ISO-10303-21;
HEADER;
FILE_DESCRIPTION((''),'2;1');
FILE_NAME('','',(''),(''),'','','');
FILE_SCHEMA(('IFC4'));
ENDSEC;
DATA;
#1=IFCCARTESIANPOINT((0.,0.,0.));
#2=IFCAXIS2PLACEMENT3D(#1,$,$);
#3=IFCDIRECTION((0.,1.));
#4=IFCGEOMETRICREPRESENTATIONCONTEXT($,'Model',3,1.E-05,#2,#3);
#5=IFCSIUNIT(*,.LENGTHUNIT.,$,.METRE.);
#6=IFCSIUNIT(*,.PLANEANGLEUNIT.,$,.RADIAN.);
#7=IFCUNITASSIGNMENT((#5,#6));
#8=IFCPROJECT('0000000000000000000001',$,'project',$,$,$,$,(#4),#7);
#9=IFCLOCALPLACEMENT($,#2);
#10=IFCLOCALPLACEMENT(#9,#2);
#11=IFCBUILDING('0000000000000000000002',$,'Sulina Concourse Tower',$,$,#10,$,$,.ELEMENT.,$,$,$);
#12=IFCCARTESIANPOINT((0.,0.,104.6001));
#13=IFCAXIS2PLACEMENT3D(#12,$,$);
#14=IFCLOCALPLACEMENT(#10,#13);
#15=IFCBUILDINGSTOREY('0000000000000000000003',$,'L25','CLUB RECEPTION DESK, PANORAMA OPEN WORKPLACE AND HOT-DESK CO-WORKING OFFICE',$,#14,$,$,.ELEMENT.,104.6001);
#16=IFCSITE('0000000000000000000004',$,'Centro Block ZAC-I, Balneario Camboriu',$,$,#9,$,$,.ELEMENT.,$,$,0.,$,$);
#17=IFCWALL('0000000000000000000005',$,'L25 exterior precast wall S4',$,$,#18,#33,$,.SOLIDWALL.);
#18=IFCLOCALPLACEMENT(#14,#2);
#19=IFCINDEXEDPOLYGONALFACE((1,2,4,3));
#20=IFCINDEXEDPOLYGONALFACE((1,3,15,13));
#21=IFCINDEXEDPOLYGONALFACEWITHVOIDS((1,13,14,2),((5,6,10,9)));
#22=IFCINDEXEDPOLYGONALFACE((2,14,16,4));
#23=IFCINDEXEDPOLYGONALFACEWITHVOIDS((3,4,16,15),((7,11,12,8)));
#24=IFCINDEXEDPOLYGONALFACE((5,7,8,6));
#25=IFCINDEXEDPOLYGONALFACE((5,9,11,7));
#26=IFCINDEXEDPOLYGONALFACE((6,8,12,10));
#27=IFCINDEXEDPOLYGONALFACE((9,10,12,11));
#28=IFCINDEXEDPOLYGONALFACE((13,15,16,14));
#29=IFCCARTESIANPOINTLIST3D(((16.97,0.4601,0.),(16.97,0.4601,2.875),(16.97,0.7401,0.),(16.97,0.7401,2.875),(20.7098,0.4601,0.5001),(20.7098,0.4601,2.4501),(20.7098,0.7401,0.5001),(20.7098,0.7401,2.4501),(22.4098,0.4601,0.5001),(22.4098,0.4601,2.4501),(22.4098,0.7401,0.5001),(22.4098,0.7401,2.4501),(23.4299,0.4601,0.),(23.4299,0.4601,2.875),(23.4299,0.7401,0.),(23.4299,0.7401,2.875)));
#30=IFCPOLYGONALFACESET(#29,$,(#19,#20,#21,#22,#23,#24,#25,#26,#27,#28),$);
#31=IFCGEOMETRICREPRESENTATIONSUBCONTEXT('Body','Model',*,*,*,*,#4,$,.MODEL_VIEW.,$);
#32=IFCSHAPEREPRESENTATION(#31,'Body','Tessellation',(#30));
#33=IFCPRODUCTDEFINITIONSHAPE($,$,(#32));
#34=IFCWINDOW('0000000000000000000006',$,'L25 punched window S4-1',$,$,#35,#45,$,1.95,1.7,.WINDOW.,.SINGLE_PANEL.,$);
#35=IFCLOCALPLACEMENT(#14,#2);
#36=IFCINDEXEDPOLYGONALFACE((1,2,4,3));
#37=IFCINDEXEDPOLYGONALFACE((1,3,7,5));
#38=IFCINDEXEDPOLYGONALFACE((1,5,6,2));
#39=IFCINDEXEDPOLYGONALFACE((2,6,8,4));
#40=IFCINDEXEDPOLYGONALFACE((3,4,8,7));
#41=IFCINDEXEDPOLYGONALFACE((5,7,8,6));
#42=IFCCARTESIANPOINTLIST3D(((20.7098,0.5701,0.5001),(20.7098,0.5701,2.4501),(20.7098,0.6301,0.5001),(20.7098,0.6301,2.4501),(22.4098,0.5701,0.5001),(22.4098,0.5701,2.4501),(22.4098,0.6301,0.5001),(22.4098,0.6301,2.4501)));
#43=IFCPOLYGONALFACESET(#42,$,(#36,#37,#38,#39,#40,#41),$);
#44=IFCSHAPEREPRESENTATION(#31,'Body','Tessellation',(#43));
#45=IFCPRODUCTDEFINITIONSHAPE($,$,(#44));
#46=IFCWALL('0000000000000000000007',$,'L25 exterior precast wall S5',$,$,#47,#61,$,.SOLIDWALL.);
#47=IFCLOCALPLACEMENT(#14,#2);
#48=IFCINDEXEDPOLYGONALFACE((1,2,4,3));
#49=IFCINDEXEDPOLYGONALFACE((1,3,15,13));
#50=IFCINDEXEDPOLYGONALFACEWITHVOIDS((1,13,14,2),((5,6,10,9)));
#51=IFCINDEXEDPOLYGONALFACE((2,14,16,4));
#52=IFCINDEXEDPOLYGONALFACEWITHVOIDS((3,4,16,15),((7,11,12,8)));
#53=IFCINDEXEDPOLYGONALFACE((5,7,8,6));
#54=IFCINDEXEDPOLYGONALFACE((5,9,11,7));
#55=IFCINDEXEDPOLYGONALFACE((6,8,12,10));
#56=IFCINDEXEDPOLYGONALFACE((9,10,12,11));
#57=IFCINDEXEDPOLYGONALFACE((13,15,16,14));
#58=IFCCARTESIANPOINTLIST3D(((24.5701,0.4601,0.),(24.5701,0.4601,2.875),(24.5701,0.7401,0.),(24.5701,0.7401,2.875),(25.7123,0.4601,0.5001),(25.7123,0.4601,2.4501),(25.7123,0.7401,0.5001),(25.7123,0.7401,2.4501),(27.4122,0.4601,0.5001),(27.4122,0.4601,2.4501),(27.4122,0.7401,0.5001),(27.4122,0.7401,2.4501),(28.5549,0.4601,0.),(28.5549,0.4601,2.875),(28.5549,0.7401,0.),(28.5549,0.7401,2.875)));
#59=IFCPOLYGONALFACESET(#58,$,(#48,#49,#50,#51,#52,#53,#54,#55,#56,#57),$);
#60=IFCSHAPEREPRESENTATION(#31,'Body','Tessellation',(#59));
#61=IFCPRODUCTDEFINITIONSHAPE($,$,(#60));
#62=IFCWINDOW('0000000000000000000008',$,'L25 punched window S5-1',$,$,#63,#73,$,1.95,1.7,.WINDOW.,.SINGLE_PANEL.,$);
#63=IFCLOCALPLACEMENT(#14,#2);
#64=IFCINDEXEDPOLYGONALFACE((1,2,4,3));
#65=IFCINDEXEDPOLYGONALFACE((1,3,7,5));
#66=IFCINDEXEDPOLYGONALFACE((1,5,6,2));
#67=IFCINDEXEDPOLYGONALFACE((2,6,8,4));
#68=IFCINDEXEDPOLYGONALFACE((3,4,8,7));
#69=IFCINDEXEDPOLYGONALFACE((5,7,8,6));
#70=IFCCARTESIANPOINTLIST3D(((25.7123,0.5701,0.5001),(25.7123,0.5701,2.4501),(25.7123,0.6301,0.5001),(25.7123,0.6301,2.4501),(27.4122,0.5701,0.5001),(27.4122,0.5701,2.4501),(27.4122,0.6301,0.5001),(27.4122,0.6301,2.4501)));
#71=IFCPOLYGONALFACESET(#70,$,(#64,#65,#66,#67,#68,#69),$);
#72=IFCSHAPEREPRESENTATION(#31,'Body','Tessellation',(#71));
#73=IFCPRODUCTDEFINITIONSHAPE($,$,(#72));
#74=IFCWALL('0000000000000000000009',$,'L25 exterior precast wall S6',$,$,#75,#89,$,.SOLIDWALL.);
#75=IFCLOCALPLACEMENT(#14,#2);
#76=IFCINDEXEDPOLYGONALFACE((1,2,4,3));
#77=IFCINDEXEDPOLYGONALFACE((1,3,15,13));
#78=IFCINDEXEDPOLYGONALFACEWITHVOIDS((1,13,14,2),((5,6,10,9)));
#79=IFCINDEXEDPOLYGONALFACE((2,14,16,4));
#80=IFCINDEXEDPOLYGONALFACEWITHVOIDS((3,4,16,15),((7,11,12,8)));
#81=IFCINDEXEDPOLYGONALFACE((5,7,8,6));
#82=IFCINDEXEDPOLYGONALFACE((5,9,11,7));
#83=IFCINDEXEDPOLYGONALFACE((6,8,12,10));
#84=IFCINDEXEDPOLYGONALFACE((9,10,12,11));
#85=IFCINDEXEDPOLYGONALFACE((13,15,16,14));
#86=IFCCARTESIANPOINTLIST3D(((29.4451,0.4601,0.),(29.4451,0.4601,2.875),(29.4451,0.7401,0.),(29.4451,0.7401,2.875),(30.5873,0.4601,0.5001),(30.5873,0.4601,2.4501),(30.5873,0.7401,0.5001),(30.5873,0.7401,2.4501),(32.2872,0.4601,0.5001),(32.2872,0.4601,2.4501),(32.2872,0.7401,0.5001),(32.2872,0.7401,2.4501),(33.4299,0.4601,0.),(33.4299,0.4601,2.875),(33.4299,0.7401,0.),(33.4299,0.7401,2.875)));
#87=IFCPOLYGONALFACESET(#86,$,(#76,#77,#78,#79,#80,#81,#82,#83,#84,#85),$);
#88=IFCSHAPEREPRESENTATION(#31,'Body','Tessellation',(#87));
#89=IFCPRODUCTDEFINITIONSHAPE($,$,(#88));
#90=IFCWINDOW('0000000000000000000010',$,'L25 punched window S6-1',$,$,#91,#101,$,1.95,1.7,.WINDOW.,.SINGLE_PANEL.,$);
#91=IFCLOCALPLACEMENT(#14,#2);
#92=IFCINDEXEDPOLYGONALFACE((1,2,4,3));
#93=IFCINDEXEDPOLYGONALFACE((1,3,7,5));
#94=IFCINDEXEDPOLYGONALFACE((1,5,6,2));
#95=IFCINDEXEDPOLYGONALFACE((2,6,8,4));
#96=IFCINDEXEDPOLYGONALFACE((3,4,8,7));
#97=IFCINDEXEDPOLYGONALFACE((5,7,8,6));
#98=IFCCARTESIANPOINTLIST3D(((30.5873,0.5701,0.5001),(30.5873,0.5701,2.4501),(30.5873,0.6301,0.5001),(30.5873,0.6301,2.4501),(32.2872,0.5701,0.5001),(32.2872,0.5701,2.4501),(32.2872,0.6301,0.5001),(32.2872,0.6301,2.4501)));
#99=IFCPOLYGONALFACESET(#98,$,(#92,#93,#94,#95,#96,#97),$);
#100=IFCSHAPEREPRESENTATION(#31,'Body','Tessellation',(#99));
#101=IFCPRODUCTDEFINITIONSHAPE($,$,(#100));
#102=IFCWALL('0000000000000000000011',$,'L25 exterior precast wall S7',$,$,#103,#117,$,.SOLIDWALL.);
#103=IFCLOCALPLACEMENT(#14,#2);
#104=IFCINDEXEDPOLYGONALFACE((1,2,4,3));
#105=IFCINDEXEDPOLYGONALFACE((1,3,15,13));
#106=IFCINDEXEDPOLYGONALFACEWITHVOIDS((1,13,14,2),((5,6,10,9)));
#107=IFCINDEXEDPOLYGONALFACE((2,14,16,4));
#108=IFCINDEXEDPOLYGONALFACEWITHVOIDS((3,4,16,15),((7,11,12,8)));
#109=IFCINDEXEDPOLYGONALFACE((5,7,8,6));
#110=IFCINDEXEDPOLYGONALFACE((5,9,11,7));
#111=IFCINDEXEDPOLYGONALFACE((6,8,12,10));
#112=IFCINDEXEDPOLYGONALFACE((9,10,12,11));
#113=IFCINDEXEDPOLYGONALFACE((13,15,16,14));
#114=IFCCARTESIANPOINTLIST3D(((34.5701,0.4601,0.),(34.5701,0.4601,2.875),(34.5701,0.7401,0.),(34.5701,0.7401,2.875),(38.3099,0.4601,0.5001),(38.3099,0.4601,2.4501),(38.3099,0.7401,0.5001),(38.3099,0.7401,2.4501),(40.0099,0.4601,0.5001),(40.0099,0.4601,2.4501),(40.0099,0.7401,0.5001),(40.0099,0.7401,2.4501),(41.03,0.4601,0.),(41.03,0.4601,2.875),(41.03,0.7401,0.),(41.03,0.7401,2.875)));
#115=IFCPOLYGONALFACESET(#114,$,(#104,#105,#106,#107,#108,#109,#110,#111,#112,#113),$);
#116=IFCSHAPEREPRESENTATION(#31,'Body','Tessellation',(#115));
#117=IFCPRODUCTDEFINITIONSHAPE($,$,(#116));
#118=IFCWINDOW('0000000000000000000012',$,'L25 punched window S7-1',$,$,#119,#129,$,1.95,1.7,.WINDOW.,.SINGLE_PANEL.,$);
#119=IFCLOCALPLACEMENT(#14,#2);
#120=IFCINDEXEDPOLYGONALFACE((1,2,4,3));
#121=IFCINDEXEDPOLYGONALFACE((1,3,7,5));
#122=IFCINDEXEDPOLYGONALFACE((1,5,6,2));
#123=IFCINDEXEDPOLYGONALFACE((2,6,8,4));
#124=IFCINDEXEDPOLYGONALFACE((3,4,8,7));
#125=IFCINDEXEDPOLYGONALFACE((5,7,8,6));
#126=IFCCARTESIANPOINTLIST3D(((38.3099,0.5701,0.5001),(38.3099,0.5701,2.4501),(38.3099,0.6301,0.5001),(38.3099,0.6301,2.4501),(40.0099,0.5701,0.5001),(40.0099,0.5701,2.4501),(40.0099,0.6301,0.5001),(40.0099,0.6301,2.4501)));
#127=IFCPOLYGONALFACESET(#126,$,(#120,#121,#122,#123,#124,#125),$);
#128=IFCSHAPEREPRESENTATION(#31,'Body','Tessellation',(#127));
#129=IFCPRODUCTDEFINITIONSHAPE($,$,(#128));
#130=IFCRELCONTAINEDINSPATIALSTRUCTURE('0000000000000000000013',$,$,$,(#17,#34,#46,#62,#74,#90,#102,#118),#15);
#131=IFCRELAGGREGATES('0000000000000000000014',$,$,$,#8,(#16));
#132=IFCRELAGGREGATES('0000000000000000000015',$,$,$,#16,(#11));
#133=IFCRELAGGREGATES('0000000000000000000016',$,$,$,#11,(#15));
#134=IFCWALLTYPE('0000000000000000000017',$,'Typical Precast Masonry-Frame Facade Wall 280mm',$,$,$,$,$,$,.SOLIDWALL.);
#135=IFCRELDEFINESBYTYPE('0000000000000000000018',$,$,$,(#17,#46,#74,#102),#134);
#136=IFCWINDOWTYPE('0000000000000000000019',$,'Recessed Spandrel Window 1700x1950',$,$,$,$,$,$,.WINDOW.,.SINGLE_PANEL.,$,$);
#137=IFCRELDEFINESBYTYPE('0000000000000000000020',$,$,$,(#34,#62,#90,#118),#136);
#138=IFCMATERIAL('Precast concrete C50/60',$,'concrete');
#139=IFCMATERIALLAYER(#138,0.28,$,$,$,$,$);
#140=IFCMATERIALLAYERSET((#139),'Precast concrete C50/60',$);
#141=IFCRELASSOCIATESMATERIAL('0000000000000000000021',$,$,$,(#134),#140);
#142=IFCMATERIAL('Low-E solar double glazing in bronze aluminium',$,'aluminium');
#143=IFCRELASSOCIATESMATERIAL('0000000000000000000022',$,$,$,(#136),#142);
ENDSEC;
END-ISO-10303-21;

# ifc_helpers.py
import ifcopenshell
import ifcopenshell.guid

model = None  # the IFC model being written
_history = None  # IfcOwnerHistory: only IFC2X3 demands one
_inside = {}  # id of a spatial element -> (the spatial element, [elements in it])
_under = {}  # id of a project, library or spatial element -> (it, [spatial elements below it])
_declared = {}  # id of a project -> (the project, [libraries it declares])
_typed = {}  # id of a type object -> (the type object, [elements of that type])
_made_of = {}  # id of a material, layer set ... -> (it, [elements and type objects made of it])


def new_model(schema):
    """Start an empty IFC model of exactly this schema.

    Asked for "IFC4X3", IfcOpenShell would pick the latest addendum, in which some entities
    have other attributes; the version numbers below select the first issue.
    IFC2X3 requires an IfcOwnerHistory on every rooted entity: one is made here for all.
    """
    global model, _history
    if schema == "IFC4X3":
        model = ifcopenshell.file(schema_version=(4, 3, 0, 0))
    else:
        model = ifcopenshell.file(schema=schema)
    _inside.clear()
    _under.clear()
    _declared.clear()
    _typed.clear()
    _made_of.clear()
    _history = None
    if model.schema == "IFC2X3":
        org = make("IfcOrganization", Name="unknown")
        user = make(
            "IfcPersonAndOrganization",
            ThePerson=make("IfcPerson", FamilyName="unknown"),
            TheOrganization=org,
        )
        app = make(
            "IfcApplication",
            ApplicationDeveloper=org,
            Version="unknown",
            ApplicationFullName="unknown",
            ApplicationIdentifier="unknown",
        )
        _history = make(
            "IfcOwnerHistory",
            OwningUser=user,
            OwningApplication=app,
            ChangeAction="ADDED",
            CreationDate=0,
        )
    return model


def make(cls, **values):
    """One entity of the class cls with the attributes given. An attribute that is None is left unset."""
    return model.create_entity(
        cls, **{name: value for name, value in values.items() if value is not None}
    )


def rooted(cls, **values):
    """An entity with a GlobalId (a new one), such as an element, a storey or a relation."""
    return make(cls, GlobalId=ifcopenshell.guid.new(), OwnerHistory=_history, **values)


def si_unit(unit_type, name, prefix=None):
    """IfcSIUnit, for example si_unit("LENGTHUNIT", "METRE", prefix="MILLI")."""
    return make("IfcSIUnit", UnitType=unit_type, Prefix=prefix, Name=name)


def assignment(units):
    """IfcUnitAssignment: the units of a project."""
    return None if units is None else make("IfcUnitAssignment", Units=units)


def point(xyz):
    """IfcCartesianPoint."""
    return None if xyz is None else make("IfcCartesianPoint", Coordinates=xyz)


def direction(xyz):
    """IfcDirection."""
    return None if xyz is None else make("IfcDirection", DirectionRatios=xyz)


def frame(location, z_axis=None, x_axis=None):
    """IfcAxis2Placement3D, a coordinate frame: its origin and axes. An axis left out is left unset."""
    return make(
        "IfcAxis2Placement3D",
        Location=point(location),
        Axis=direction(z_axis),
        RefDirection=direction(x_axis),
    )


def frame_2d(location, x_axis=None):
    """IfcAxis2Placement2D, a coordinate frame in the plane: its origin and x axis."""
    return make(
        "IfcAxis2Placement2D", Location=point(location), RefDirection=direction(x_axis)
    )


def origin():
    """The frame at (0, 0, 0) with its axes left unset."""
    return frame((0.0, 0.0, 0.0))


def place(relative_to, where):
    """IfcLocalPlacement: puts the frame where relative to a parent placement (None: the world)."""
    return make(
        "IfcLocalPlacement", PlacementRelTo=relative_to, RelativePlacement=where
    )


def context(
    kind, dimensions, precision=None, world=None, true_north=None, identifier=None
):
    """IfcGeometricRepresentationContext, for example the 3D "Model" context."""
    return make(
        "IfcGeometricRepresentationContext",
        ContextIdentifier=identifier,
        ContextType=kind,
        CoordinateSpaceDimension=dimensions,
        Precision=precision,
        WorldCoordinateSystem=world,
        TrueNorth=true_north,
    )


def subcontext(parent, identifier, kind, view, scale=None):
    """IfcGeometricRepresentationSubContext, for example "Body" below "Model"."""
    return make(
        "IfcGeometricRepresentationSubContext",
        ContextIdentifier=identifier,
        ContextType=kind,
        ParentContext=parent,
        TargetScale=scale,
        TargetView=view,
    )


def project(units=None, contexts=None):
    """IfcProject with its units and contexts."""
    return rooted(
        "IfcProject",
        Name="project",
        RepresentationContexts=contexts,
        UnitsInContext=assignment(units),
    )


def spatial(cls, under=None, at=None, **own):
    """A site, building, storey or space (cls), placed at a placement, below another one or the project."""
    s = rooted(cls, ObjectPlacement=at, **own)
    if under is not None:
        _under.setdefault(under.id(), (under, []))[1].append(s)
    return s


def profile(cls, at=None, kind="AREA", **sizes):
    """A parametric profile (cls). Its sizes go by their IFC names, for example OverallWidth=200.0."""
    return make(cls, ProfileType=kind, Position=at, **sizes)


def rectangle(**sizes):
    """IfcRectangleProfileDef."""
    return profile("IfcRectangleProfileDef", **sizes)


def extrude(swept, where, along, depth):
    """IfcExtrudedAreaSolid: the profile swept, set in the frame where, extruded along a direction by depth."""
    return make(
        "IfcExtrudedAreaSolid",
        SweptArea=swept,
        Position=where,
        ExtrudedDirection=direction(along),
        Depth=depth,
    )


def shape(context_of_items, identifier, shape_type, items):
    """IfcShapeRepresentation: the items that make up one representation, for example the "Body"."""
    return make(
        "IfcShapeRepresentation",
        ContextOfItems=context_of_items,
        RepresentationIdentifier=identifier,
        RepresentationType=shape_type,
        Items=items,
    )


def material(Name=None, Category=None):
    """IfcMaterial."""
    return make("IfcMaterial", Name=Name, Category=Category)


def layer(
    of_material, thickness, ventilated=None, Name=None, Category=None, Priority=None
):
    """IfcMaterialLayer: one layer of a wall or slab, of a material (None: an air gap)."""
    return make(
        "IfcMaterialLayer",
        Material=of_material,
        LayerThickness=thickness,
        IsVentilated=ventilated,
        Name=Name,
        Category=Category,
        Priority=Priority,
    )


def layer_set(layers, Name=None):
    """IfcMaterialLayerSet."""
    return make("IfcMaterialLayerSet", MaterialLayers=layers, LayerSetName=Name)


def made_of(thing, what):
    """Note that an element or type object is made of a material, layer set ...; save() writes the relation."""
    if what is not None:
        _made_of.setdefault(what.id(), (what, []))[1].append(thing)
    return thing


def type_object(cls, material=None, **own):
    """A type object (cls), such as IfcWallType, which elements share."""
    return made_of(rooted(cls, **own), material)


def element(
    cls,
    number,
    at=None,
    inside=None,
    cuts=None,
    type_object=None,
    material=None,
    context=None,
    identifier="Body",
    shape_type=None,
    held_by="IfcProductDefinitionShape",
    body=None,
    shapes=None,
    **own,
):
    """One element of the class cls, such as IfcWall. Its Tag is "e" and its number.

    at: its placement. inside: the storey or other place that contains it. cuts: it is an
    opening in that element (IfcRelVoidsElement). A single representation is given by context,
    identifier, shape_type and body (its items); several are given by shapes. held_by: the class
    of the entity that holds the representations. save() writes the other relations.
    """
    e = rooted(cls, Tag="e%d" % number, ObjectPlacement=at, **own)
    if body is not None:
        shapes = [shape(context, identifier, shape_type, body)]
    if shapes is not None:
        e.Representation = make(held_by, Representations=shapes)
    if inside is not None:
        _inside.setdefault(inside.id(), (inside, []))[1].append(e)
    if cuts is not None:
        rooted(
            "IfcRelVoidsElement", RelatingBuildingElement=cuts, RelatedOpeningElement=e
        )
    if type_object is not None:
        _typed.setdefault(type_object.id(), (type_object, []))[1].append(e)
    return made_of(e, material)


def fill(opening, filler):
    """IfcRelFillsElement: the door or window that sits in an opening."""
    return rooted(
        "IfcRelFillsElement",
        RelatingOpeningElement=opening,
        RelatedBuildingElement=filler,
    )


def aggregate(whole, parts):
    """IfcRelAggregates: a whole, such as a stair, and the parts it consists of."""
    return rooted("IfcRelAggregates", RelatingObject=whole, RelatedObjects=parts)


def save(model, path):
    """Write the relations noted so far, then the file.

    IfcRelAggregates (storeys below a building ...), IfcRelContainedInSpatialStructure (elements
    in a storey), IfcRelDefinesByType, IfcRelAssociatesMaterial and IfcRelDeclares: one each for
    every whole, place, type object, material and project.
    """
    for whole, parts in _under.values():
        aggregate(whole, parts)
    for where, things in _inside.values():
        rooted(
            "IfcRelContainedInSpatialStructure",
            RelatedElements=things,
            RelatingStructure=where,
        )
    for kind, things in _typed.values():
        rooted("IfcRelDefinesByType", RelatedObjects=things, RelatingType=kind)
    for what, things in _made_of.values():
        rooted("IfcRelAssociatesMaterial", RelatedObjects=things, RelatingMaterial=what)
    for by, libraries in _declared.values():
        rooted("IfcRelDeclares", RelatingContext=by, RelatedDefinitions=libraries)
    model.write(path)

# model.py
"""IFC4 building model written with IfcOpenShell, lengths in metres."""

from ifc_helpers import new_model, si_unit, direction, frame, frame_2d, origin, place, context, subcontext, project, spatial, rectangle, extrude, material, layer, layer_set, type_object, element, fill, save


model = new_model("IFC4")

# Units and contexts
model_context = context("Model", 3, precision=1e-05, world=origin(), true_north=direction((0.0, 1.0)))
body_context = subcontext(model_context, "Body", "Model", "MODEL_VIEW")
ifc_project = project(units=[si_unit("LENGTHUNIT", "METRE"), si_unit("PLANEANGLEUNIT", "RADIAN")], contexts=[model_context])

# Site, building, storey
site_placement = place(None, origin())
site = spatial("IfcSite", under=ifc_project, at=site_placement, Name="Centro Block ZAC-I, Balneario Camboriu", CompositionType="ELEMENT", RefElevation=0.0)
building_placement = place(site_placement, origin())
building = spatial("IfcBuilding", under=site, at=building_placement, Name="Sulina Concourse Tower", CompositionType="ELEMENT")
storey_placement = place(building_placement, frame((0.0, 0.0, 104.6001)))
storey = spatial("IfcBuildingStorey", under=building, at=storey_placement, Name="L25", Description="CLUB RECEPTION DESK, PANORAMA OPEN WORKPLACE AND HOT-DESK CO-WORKING OFFICE", CompositionType="ELEMENT", Elevation=104.6001)

# Walls, openings, windows
ifc_material_1 = material(Name="Precast concrete C50/60", Category="concrete")
ifc_layer_1 = layer(ifc_material_1, 0.28)
ifc_layer_set_1 = layer_set([ifc_layer_1], Name="Precast concrete C50/60")
wall_type_1 = type_object("IfcWallType", Name="Typical Precast Masonry-Frame Facade Wall 280mm", PredefinedType="SOLIDWALL", material=ifc_layer_set_1)
wall_1_placement = place(storey_placement, frame((23.4299, 0.6001, 0.0), z_axis=(0.0, 0.0, 1.0), x_axis=(-1.0, 0.0, 0.0)))
wall_1 = element("IfcWall", 1, at=wall_1_placement, inside=storey, type_object=wall_type_1, Name="L25 exterior precast wall S4", PredefinedType="SOLIDWALL", context=body_context, shape_type="SweptSolid", body=[
    extrude(rectangle(XDim=6.46, YDim=0.28, at=frame_2d((3.23, 0.0))), origin(), (0.0, 0.0, 1.0), 2.875),
])
opening_1_placement = place(wall_1_placement, frame((1.02, 0.0, 0.5)))
opening_1 = element("IfcOpeningElement", 2, at=opening_1_placement, cuts=wall_1, PredefinedType="OPENING", context=body_context, shape_type="SweptSolid", body=[
    extrude(rectangle(XDim=1.7, YDim=1.95, at=frame_2d((0.8501, 0.9751))), frame((0.0, 0.1499, 0.0), z_axis=(0.0, -1.0, 0.0), x_axis=(1.0, 0.0, 0.0)), (0.0, 0.0, 1.0), 0.3),
])
ifc_material_2 = material(Name="Low-E solar double glazing in bronze aluminium", Category="aluminium")
window_type = type_object("IfcWindowType", Name="Recessed Spandrel Window 1700x1950", PartitioningType="SINGLE_PANEL", PredefinedType="WINDOW", material=ifc_material_2)
window_1_placement = place(opening_1_placement, origin())
window_1 = element("IfcWindow", 3, at=window_1_placement, inside=storey, type_object=window_type, Name="L25 punched window S4-1", OverallHeight=1.95, OverallWidth=1.7, PartitioningType="SINGLE_PANEL", PredefinedType="WINDOW", context=body_context, shape_type="SweptSolid", body=[
    extrude(rectangle(XDim=1.7, YDim=1.95, at=frame_2d((0.8501, 0.9751))), frame((0.0, 0.03, 0.0), z_axis=(0.0, -1.0, 0.0), x_axis=(1.0, 0.0, 0.0)), (0.0, 0.0, 1.0), 0.0601),
])
fill(opening_1, window_1)
wall_2_placement = place(storey_placement, frame((28.5549, 0.6001, 0.0), z_axis=(0.0, 0.0, 1.0), x_axis=(-1.0, 0.0, 0.0)))
wall_2 = element("IfcWall", 4, at=wall_2_placement, inside=storey, type_object=wall_type_1, Name="L25 exterior precast wall S5", PredefinedType="SOLIDWALL", context=body_context, shape_type="SweptSolid", body=[
    extrude(rectangle(XDim=3.9849, YDim=0.28, at=frame_2d((1.9924, 0.0))), origin(), (0.0, 0.0, 1.0), 2.875),
])
opening_2_placement = place(wall_2_placement, frame((1.1426, 0.0, 0.5)))
opening_2 = element("IfcOpeningElement", 5, at=opening_2_placement, cuts=wall_2, PredefinedType="OPENING", context=body_context, shape_type="SweptSolid", body=[
    extrude(rectangle(XDim=1.7, YDim=1.95, at=frame_2d((0.8501, 0.9751))), frame((0.0, 0.1499, 0.0), z_axis=(0.0, -1.0, 0.0), x_axis=(1.0, 0.0, 0.0)), (0.0, 0.0, 1.0), 0.3),
])
window_2_placement = place(opening_2_placement, origin())
window_2 = element("IfcWindow", 6, at=window_2_placement, inside=storey, type_object=window_type, Name="L25 punched window S5-1", OverallHeight=1.95, OverallWidth=1.7, PartitioningType="SINGLE_PANEL", PredefinedType="WINDOW", context=body_context, shape_type="SweptSolid", body=[
    extrude(rectangle(XDim=1.7, YDim=1.95, at=frame_2d((0.8501, 0.9751))), frame((0.0, 0.03, 0.0), z_axis=(0.0, -1.0, 0.0), x_axis=(1.0, 0.0, 0.0)), (0.0, 0.0, 1.0), 0.0601),
])
fill(opening_2, window_2)
wall_3_placement = place(storey_placement, frame((33.4299, 0.6001, 0.0), z_axis=(0.0, 0.0, 1.0), x_axis=(-1.0, 0.0, 0.0)))
wall_3 = element("IfcWall", 7, at=wall_3_placement, inside=storey, type_object=wall_type_1, Name="L25 exterior precast wall S6", PredefinedType="SOLIDWALL", context=body_context, shape_type="SweptSolid", body=[
    extrude(rectangle(XDim=3.9849, YDim=0.28, at=frame_2d((1.9924, 0.0))), origin(), (0.0, 0.0, 1.0), 2.875),
])
opening_3_placement = place(wall_3_placement, frame((1.1426, 0.0, 0.5)))
opening_3 = element("IfcOpeningElement", 8, at=opening_3_placement, cuts=wall_3, PredefinedType="OPENING", context=body_context, shape_type="SweptSolid", body=[
    extrude(rectangle(XDim=1.7, YDim=1.95, at=frame_2d((0.8501, 0.9751))), frame((0.0, 0.1499, 0.0), z_axis=(0.0, -1.0, 0.0), x_axis=(1.0, 0.0, 0.0)), (0.0, 0.0, 1.0), 0.3),
])
window_3_placement = place(opening_3_placement, origin())
window_3 = element("IfcWindow", 9, at=window_3_placement, inside=storey, type_object=window_type, Name="L25 punched window S6-1", OverallHeight=1.95, OverallWidth=1.7, PartitioningType="SINGLE_PANEL", PredefinedType="WINDOW", context=body_context, shape_type="SweptSolid", body=[
    extrude(rectangle(XDim=1.7, YDim=1.95, at=frame_2d((0.8501, 0.9751))), frame((0.0, 0.03, 0.0), z_axis=(0.0, -1.0, 0.0), x_axis=(1.0, 0.0, 0.0)), (0.0, 0.0, 1.0), 0.0601),
])
fill(opening_3, window_3)
wall_4_placement = place(storey_placement, frame((41.03, 0.6001, 0.0), z_axis=(0.0, 0.0, 1.0), x_axis=(-1.0, 0.0, 0.0)))
wall_4 = element("IfcWall", 10, at=wall_4_placement, inside=storey, type_object=wall_type_1, Name="L25 exterior precast wall S7", PredefinedType="SOLIDWALL", context=body_context, shape_type="SweptSolid", body=[
    extrude(rectangle(XDim=6.46, YDim=0.28, at=frame_2d((3.23, 0.0))), origin(), (0.0, 0.0, 1.0), 2.875),
])
opening_4_placement = place(wall_4_placement, frame((1.02, 0.0, 0.5)))
opening_4 = element("IfcOpeningElement", 11, at=opening_4_placement, cuts=wall_4, PredefinedType="OPENING", context=body_context, shape_type="SweptSolid", body=[
    extrude(rectangle(XDim=1.7, YDim=1.95, at=frame_2d((0.8501, 0.9751))), frame((0.0, 0.1499, 0.0), z_axis=(0.0, -1.0, 0.0), x_axis=(1.0, 0.0, 0.0)), (0.0, 0.0, 1.0), 0.3),
])
window_4_placement = place(opening_4_placement, origin())
window_4 = element("IfcWindow", 12, at=window_4_placement, inside=storey, type_object=window_type, Name="L25 punched window S7-1", OverallHeight=1.95, OverallWidth=1.7, PartitioningType="SINGLE_PANEL", PredefinedType="WINDOW", context=body_context, shape_type="SweptSolid", body=[
    extrude(rectangle(XDim=1.7, YDim=1.95, at=frame_2d((0.8501, 0.9751))), frame((0.0, 0.03, 0.0), z_axis=(0.0, -1.0, 0.0), x_axis=(1.0, 0.0, 0.0)), (0.0, 0.0, 1.0), 0.0601),
])
fill(opening_4, window_4)

save(model, "model.ifc")
